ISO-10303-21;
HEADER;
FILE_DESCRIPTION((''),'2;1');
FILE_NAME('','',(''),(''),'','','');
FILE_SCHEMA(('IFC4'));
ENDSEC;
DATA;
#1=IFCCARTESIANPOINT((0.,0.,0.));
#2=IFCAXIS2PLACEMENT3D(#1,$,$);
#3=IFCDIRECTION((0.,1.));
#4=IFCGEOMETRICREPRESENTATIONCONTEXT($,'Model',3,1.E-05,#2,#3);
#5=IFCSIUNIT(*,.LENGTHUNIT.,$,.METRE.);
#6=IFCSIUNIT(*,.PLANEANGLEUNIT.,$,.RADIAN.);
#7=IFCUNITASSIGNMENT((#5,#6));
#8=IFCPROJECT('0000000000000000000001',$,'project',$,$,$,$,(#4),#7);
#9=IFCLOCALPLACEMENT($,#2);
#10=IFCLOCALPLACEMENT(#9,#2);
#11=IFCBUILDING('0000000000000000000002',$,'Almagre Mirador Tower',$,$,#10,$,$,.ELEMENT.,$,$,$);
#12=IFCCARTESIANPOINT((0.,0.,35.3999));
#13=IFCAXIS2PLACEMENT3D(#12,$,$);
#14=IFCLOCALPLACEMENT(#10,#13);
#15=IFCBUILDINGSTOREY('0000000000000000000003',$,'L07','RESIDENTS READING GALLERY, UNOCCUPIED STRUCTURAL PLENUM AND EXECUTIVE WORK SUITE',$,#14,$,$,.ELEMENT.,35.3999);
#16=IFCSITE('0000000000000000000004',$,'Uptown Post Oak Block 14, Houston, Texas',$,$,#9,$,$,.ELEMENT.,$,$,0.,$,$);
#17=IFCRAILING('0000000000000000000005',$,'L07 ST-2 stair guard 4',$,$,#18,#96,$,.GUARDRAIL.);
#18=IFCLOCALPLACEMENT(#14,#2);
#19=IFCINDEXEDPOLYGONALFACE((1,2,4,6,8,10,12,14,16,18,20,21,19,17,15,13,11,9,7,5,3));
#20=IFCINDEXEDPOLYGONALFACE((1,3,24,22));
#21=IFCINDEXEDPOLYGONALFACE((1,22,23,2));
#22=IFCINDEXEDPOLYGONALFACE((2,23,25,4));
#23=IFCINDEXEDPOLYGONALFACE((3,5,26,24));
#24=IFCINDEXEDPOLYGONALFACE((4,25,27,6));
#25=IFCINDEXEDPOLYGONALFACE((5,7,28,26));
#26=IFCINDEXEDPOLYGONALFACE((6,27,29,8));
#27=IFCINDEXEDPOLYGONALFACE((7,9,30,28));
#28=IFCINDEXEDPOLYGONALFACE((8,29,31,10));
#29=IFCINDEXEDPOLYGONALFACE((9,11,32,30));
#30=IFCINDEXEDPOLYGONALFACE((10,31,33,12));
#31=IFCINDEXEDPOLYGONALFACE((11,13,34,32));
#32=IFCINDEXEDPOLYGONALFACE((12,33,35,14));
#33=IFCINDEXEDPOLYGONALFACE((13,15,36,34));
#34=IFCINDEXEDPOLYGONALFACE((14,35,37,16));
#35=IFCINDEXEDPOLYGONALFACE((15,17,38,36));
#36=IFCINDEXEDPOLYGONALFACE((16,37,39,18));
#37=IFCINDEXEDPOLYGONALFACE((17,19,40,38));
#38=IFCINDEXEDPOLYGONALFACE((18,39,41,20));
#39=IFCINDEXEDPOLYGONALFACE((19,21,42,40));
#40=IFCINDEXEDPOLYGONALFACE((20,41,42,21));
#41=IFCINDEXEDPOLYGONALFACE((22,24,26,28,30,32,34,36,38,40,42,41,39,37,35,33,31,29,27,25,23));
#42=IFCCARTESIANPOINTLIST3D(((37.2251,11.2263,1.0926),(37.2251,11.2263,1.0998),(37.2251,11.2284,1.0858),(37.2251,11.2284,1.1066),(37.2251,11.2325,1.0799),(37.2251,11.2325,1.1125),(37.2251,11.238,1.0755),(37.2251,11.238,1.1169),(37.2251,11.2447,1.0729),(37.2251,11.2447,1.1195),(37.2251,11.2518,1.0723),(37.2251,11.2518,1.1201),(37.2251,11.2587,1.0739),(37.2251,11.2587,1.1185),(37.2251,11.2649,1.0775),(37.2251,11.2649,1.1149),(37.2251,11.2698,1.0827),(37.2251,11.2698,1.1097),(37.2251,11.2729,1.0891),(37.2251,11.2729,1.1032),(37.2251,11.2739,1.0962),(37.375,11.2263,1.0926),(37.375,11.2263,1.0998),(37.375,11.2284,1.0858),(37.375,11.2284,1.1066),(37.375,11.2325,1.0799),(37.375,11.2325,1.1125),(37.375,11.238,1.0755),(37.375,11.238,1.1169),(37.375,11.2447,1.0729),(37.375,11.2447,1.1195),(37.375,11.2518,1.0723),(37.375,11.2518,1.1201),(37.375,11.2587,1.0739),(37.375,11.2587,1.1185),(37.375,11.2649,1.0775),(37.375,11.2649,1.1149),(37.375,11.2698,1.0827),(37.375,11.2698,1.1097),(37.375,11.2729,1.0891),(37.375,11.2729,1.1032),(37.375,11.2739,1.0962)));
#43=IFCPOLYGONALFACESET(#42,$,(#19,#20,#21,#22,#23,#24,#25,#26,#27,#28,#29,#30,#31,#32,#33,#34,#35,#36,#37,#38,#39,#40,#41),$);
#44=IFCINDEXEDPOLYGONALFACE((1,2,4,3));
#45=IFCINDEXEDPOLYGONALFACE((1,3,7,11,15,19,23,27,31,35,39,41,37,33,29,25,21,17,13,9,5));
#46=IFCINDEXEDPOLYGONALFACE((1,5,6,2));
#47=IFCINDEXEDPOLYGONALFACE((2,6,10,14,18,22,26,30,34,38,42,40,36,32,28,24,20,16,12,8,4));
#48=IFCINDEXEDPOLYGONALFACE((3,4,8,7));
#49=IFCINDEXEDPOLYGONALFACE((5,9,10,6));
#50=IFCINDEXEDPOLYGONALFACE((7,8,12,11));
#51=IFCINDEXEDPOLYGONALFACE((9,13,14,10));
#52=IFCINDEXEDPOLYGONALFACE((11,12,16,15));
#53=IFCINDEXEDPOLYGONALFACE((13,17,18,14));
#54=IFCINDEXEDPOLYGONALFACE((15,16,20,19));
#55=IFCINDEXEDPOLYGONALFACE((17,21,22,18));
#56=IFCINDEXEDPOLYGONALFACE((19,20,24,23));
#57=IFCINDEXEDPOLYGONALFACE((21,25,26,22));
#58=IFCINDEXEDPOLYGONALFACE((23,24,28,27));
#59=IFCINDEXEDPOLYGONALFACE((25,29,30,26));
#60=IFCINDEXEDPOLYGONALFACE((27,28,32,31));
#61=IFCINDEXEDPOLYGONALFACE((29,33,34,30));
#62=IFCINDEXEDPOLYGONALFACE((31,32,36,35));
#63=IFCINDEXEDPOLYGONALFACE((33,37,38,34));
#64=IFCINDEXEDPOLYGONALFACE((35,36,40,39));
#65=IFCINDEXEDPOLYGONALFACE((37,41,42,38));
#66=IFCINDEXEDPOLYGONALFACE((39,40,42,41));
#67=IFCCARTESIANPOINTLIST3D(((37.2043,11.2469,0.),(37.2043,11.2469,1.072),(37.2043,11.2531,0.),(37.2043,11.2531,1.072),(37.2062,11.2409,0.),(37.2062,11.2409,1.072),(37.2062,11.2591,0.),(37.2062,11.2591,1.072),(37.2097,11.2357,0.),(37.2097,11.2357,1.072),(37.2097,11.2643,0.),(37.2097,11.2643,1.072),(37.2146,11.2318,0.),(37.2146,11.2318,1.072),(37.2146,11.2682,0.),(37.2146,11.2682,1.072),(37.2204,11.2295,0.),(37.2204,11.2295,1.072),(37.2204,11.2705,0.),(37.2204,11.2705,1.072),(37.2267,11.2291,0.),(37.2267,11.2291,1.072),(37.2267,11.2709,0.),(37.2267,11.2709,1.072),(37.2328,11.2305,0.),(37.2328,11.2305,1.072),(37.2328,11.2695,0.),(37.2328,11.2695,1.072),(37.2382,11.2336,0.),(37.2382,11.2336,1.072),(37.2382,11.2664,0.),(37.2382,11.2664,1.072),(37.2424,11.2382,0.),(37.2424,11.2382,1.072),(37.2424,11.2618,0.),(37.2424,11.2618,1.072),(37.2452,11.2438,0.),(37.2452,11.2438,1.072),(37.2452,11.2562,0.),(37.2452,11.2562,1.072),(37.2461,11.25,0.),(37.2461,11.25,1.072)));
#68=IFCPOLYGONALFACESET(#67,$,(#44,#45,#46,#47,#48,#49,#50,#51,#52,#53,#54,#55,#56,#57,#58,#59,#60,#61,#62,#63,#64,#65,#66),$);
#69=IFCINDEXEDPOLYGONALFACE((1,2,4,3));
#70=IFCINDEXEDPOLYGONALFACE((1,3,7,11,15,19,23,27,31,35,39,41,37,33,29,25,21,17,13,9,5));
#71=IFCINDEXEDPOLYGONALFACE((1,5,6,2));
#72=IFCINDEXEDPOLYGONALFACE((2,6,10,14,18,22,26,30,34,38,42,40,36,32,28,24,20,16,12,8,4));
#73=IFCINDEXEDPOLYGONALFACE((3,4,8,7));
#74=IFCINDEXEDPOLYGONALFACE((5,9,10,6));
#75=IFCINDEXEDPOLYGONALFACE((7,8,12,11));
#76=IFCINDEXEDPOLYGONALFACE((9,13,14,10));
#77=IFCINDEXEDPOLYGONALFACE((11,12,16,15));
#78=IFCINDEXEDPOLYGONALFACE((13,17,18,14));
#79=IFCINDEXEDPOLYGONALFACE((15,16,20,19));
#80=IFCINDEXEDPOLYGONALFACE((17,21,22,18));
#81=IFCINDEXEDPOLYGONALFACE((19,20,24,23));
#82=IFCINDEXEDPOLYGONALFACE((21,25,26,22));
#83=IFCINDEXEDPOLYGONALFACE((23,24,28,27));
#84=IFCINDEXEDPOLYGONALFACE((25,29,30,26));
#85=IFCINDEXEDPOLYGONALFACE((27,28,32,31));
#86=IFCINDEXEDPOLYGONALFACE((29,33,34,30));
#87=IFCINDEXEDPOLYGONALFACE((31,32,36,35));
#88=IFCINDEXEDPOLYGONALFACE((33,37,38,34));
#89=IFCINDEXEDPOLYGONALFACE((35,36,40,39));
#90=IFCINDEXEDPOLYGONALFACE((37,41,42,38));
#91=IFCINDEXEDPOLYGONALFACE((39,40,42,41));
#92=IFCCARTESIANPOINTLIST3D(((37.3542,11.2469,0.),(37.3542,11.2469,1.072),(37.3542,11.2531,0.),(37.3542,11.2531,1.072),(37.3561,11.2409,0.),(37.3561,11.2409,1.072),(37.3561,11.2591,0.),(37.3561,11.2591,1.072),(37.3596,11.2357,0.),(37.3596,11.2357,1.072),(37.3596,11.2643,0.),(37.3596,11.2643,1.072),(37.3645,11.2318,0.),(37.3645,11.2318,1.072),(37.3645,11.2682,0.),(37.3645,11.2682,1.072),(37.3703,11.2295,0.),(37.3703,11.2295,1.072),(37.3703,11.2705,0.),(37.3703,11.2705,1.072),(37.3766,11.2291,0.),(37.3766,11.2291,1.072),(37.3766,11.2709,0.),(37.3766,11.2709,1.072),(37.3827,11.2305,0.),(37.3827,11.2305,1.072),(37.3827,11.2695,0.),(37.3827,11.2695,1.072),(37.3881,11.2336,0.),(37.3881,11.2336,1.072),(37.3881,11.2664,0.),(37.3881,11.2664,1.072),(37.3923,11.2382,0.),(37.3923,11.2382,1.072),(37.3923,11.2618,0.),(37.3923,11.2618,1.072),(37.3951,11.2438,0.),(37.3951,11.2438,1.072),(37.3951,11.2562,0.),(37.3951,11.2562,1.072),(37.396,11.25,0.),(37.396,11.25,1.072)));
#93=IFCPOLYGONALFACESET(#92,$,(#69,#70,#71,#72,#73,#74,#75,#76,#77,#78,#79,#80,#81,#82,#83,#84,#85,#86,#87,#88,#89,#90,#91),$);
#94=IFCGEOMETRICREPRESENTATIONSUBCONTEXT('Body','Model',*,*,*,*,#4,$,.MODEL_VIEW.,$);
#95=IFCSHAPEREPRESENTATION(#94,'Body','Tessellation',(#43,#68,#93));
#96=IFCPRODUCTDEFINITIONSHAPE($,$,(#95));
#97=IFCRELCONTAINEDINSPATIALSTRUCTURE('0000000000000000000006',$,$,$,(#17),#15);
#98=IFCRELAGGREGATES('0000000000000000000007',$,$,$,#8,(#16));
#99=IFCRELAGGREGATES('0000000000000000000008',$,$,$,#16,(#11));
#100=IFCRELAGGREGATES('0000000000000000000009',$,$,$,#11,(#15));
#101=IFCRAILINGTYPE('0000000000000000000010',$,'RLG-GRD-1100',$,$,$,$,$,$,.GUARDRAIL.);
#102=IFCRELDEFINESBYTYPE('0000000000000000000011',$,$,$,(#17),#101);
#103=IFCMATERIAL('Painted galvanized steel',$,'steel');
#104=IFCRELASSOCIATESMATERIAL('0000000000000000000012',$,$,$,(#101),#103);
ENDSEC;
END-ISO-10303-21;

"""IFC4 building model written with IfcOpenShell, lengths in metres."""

from ifc_helpers import new_model, si_unit, direction, frame, origin, origin_2d, place, context, subcontext, project, spatial, circle, extrude, material, type_object, element, save


model = new_model("IFC4")

# Units and contexts
model_context = context("Model", 3, precision=1e-05, world=origin(), true_north=direction((0.0, 1.0)))
body_context = subcontext(model_context, "Body", "Model", "MODEL_VIEW")
ifc_project = project(units=[si_unit("LENGTHUNIT", "METRE"), si_unit("PLANEANGLEUNIT", "RADIAN")], contexts=[model_context])

# Site, building, storey
site_placement = place(None, origin())
site = spatial("IfcSite", under=ifc_project, at=site_placement, Name="Uptown Post Oak Block 14, Houston, Texas", CompositionType="ELEMENT", RefElevation=0.0)
building_placement = place(site_placement, origin())
building = spatial("IfcBuilding", under=site, at=building_placement, Name="Almagre Mirador Tower", CompositionType="ELEMENT")
storey_placement = place(building_placement, frame((0.0, 0.0, 35.3999)))
storey = spatial("IfcBuildingStorey", under=building, at=storey_placement, Name="L07", Description="RESIDENTS READING GALLERY, UNOCCUPIED STRUCTURAL PLENUM AND EXECUTIVE WORK SUITE", CompositionType="ELEMENT", Elevation=35.3999)

# Railing
ifc_material_1 = material(Name="Painted galvanized steel", Category="steel")
railing_type_1 = type_object("IfcRailingType", Name="RLG-GRD-1100", PredefinedType="GUARDRAIL", material=ifc_material_1)
railing_1_placement = place(storey_placement, frame((37.2251, 11.25, 0.0)))
element("IfcRailing", 1, at=railing_1_placement, inside=storey, type_object=railing_type_1, Name="L07 ST-2 stair guard 4", PredefinedType="GUARDRAIL", context=body_context, shape_type="SweptSolid", body=[
    extrude(circle(Radius=0.0239, at=origin_2d()), frame((0.0, 0.0, 1.0962), z_axis=(1.0, 0.0, 0.0), x_axis=(0.0, 1.0, 0.0)), (0.0, 0.0, 1.0), 0.1499),
    extrude(circle(Radius=0.021, at=origin_2d()), origin(), (0.0, 0.0, 1.0), 1.072),
    extrude(circle(Radius=0.021, at=origin_2d()), frame((0.1499, 0.0, 0.0)), (0.0, 0.0, 1.0), 1.072),
])

save(model, "model.ifc")
